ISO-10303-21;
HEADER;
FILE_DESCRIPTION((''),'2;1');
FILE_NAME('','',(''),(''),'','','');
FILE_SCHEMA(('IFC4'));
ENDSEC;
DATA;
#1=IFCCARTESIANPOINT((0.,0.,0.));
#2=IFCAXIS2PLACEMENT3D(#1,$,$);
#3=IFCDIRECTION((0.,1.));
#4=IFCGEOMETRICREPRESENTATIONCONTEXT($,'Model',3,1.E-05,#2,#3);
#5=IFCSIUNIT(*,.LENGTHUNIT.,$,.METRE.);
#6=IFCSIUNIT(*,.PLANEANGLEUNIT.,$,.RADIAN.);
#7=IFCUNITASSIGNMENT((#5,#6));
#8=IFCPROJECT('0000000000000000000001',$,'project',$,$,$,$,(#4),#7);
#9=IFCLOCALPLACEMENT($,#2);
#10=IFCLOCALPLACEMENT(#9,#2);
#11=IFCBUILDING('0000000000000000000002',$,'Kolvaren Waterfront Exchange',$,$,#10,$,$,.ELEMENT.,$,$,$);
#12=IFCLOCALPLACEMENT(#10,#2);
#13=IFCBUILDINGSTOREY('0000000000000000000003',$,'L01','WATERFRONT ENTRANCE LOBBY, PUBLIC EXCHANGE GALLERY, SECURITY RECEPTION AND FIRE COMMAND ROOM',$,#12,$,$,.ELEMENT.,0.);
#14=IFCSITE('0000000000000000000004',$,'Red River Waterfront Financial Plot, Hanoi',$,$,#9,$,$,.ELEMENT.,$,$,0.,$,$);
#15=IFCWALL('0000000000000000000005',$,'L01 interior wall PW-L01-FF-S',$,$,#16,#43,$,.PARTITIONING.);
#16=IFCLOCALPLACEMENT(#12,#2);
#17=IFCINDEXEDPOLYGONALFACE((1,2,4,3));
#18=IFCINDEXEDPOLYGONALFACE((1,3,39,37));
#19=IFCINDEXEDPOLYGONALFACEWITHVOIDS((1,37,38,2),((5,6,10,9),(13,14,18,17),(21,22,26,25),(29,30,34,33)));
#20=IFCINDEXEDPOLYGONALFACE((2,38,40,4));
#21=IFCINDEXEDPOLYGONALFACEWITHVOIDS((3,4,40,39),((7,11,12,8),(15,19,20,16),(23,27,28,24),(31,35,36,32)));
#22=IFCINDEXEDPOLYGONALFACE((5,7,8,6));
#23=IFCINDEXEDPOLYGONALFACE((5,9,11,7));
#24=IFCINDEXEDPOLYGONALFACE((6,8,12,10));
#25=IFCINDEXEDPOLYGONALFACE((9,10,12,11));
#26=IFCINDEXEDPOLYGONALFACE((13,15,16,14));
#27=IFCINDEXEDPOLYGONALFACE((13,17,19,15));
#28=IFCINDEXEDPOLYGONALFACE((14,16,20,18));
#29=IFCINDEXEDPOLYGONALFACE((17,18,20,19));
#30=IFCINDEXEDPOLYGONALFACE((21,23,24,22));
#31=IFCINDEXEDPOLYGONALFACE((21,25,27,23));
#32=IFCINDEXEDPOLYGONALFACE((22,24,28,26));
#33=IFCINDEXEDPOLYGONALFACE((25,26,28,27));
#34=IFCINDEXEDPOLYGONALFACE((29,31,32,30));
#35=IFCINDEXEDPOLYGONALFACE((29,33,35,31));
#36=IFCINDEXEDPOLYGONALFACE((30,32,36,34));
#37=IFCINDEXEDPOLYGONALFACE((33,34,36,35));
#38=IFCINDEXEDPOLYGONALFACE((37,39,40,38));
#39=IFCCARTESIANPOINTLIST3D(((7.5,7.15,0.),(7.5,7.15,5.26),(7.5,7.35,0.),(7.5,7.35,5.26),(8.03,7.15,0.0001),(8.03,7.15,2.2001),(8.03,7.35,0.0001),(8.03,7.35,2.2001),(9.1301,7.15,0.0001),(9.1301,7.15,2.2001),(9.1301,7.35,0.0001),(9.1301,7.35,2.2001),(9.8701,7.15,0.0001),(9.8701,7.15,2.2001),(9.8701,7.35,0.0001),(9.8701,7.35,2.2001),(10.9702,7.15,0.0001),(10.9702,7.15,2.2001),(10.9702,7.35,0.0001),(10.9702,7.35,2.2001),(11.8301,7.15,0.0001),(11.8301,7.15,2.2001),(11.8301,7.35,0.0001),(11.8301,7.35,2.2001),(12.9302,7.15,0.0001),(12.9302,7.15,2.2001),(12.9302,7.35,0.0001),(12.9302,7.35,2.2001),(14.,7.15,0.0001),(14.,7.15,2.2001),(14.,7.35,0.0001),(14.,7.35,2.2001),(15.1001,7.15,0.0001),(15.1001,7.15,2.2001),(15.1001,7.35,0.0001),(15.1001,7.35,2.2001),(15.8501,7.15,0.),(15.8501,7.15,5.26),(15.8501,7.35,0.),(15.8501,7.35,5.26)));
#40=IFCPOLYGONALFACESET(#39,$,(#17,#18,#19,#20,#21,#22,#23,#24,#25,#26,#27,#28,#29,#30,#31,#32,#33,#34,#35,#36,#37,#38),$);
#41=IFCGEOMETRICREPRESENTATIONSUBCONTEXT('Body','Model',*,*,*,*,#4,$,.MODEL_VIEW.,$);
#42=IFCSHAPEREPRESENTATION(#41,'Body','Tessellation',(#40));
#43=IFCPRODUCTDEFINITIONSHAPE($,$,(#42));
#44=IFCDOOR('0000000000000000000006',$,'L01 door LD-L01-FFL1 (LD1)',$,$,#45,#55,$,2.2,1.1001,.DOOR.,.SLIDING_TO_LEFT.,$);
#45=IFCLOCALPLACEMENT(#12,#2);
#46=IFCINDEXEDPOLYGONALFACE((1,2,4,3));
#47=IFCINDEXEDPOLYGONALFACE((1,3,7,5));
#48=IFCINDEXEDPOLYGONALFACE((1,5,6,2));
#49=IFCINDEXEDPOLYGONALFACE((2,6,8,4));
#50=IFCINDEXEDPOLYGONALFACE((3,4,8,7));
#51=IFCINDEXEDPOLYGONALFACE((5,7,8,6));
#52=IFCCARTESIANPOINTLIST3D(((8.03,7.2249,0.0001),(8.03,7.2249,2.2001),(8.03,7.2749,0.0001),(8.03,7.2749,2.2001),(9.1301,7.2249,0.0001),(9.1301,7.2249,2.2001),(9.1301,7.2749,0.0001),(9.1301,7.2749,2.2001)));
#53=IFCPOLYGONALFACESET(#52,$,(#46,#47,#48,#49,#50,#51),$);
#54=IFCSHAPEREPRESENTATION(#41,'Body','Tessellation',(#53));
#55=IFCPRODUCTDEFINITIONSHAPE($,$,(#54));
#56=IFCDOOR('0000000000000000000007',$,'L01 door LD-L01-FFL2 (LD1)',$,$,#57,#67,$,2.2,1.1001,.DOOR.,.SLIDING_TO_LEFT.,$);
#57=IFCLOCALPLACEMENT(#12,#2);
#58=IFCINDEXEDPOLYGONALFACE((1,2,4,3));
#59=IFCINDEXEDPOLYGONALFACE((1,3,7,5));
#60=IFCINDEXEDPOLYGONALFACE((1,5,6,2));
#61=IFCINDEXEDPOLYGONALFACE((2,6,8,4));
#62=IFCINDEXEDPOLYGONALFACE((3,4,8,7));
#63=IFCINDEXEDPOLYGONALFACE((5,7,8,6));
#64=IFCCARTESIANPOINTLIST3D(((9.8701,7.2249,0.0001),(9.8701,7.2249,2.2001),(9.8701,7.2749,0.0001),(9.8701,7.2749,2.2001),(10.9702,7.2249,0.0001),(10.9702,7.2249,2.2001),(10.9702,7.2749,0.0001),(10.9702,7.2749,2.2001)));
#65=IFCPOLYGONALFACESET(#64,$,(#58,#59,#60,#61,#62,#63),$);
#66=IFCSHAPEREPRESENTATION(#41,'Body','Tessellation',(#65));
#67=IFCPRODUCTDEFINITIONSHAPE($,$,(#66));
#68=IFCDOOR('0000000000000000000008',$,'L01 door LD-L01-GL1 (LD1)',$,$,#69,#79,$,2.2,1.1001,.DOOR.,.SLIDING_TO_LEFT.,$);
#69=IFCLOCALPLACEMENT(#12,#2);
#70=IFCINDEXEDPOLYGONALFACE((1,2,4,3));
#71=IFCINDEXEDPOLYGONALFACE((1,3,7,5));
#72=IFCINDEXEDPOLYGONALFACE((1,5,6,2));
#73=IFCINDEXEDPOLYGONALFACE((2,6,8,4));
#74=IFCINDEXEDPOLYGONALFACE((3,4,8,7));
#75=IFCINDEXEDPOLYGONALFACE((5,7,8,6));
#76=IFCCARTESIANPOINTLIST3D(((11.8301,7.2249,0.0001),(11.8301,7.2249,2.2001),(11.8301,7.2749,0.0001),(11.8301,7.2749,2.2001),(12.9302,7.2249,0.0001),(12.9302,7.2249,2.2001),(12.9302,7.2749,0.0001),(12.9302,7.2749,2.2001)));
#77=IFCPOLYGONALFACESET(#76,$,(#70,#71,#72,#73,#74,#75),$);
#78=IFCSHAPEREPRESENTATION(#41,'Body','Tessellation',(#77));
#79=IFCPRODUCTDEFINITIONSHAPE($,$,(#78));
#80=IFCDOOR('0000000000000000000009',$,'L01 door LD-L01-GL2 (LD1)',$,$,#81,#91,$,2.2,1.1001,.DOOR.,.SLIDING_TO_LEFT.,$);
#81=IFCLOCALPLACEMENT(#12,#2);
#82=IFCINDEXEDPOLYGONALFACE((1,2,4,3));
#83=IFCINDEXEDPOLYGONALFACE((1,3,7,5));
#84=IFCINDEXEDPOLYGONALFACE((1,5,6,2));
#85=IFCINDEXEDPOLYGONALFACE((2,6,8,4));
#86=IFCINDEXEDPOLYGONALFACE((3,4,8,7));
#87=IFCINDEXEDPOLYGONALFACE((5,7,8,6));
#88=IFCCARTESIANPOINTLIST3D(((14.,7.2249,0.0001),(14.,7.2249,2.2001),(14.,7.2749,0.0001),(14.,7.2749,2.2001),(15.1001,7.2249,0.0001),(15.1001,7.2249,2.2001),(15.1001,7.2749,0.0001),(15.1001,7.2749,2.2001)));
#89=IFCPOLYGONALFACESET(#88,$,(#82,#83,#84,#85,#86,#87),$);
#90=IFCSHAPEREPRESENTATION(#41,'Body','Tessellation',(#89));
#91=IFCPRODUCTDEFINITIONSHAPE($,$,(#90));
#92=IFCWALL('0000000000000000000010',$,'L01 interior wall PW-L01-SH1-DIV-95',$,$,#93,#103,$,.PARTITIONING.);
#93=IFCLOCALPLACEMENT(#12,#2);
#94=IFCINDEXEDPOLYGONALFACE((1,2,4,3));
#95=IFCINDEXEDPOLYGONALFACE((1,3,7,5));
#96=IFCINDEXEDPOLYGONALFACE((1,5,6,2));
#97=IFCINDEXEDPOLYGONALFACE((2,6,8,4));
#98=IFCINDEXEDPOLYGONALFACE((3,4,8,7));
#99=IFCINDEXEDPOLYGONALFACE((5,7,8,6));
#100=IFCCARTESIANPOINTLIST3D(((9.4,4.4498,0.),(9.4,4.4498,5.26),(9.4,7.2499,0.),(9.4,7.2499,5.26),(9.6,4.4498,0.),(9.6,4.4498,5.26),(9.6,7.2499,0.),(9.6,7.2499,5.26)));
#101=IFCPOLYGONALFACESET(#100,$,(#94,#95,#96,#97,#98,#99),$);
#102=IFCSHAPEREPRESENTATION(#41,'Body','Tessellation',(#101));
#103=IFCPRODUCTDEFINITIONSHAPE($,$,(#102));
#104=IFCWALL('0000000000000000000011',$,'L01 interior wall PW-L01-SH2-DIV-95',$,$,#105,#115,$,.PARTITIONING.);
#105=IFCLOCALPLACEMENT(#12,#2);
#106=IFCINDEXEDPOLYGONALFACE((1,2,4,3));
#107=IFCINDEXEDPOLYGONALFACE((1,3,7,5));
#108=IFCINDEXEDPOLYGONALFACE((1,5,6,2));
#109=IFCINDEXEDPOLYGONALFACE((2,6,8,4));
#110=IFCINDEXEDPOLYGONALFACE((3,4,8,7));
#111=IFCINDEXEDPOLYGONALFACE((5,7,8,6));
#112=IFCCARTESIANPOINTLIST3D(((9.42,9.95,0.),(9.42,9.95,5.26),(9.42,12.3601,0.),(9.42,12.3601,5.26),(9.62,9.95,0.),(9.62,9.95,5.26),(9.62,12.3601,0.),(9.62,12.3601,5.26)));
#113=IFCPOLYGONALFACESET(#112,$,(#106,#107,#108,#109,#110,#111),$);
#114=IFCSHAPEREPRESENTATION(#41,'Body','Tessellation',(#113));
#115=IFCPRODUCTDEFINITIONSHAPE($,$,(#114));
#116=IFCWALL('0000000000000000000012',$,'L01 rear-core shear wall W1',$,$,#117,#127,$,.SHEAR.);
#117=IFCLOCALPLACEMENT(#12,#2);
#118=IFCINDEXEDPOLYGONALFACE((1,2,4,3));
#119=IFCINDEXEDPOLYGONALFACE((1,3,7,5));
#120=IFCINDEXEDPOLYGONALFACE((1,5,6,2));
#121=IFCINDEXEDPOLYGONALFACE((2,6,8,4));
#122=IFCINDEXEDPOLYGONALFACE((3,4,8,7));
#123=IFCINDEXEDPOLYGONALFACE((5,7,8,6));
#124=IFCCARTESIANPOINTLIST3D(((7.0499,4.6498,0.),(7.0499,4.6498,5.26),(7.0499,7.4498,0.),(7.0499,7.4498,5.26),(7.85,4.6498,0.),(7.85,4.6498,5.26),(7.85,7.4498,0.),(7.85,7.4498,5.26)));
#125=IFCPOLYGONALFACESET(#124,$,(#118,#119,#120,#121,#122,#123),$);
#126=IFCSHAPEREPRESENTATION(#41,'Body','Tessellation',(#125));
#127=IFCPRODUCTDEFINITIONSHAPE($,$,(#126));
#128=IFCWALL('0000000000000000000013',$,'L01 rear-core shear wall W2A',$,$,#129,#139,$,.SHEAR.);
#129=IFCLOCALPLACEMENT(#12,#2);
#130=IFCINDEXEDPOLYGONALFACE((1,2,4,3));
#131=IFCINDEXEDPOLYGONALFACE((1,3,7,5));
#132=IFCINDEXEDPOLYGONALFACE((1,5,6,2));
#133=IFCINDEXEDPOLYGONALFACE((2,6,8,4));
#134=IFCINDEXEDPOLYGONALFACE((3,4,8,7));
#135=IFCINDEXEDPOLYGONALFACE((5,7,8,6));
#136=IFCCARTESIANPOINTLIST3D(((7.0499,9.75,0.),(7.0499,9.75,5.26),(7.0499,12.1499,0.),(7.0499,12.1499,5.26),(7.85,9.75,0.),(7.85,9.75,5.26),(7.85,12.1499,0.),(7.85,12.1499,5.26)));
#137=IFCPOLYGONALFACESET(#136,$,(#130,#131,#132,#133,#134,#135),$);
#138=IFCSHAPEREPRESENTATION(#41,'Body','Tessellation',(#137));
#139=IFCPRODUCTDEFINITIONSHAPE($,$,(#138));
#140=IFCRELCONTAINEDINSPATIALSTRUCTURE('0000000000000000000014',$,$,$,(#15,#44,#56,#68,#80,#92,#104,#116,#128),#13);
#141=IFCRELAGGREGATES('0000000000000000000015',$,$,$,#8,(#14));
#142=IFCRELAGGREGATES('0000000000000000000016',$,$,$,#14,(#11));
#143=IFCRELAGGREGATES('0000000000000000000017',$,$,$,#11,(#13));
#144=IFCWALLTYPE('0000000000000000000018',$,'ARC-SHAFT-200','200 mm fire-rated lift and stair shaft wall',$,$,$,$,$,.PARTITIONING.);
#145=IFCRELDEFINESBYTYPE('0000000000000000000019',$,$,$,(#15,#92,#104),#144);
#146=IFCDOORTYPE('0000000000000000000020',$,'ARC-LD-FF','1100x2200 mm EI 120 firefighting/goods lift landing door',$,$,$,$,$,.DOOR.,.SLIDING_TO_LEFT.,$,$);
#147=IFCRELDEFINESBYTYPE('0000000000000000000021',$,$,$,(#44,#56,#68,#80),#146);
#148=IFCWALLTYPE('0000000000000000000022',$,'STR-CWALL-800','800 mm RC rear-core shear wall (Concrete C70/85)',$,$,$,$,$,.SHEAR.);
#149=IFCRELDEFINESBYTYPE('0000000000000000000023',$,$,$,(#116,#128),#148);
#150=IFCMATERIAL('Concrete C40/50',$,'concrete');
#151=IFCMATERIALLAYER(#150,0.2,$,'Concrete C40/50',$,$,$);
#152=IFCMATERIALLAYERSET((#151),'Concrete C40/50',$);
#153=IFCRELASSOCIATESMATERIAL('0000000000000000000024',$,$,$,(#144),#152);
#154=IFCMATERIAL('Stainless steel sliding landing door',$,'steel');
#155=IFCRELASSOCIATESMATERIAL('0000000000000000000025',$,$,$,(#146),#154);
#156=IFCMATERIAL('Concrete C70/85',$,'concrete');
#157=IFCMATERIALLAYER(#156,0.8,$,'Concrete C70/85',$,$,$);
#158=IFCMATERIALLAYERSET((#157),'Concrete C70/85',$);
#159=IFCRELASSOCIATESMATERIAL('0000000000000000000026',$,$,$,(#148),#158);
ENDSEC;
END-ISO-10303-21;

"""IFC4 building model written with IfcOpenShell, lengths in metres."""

from ifc_helpers import new_model, si_unit, direction, frame, frame_2d, origin, place, context, subcontext, project, spatial, rectangle, extrude, material, layer, layer_set, type_object, element, fill, save


model = new_model("IFC4")

# Units and contexts
model_context = context("Model", 3, precision=1e-05, world=origin(), true_north=direction((0.0, 1.0)))
body_context = subcontext(model_context, "Body", "Model", "MODEL_VIEW")
ifc_project = project(units=[si_unit("LENGTHUNIT", "METRE"), si_unit("PLANEANGLEUNIT", "RADIAN")], contexts=[model_context])

# Site, building, storey
site_placement = place(None, origin())
site = spatial("IfcSite", under=ifc_project, at=site_placement, Name="Red River Waterfront Financial Plot, Hanoi", CompositionType="ELEMENT", RefElevation=0.0)
building_placement = place(site_placement, origin())
building = spatial("IfcBuilding", under=site, at=building_placement, Name="Kolvaren Waterfront Exchange", CompositionType="ELEMENT")
storey_placement = place(building_placement, origin())
storey = spatial("IfcBuildingStorey", under=building, at=storey_placement, Name="L01", Description="WATERFRONT ENTRANCE LOBBY, PUBLIC EXCHANGE GALLERY, SECURITY RECEPTION AND FIRE COMMAND ROOM", CompositionType="ELEMENT", Elevation=0.0)

# Shared definitions
ifc_material_1 = material(Name="Concrete C70/85", Category="concrete")

# Wall, openings, doors
ifc_material_2 = material(Name="Concrete C40/50", Category="concrete")
ifc_layer_1 = layer(ifc_material_2, 0.2, Name="Concrete C40/50")
ifc_layer_set_1 = layer_set([ifc_layer_1], Name="Concrete C40/50")
wall_type_1 = type_object("IfcWallType", Name="ARC-SHAFT-200", Description="200 mm fire-rated lift and stair shaft wall", PredefinedType="PARTITIONING", material=ifc_layer_set_1)
wall_1_placement = place(storey_placement, frame((7.5, 7.25, 0.0), z_axis=(0.0, 0.0, 1.0), x_axis=(1.0, 0.0, 0.0)))
wall_1 = element("IfcWall", 1, at=wall_1_placement, inside=storey, type_object=wall_type_1, Name="L01 interior wall PW-L01-FF-S", PredefinedType="PARTITIONING", context=body_context, shape_type="SweptSolid", body=[
    extrude(rectangle(XDim=8.3501, YDim=0.2, at=frame_2d((4.175, 0.0))), origin(), (0.0, 0.0, 1.0), 5.26),
])
opening_1_placement = place(wall_1_placement, frame((0.53, 0.0, 0.0)))
opening_1 = element("IfcOpeningElement", 2, at=opening_1_placement, cuts=wall_1, PredefinedType="OPENING", context=body_context, shape_type="SweptSolid", body=[
    extrude(rectangle(XDim=1.1001, YDim=2.2, at=frame_2d((0.55, 1.1001))), frame((0.0, 0.1099, 0.0), z_axis=(0.0, -1.0, 0.0), x_axis=(1.0, 0.0, 0.0)), (0.0, 0.0, 1.0), 0.22),
])
opening_2_placement = place(wall_1_placement, frame((2.3701, 0.0, 0.0)))
opening_2 = element("IfcOpeningElement", 3, at=opening_2_placement, cuts=wall_1, PredefinedType="OPENING", context=body_context, shape_type="SweptSolid", body=[
    extrude(rectangle(XDim=1.1001, YDim=2.2, at=frame_2d((0.55, 1.1001))), frame((0.0, 0.1099, 0.0), z_axis=(0.0, -1.0, 0.0), x_axis=(1.0, 0.0, 0.0)), (0.0, 0.0, 1.0), 0.22),
])
opening_3_placement = place(wall_1_placement, frame((4.3301, 0.0, 0.0)))
opening_3 = element("IfcOpeningElement", 4, at=opening_3_placement, cuts=wall_1, PredefinedType="OPENING", context=body_context, shape_type="SweptSolid", body=[
    extrude(rectangle(XDim=1.1001, YDim=2.2, at=frame_2d((0.55, 1.1001))), frame((0.0, 0.1099, 0.0), z_axis=(0.0, -1.0, 0.0), x_axis=(1.0, 0.0, 0.0)), (0.0, 0.0, 1.0), 0.22),
])
opening_4_placement = place(wall_1_placement, frame((6.5, 0.0, 0.0)))
opening_4 = element("IfcOpeningElement", 5, at=opening_4_placement, cuts=wall_1, PredefinedType="OPENING", context=body_context, shape_type="SweptSolid", body=[
    extrude(rectangle(XDim=1.1001, YDim=2.2, at=frame_2d((0.55, 1.1001))), frame((0.0, 0.1099, 0.0), z_axis=(0.0, -1.0, 0.0), x_axis=(1.0, 0.0, 0.0)), (0.0, 0.0, 1.0), 0.22),
])
ifc_material_3 = material(Name="Stainless steel sliding landing door", Category="steel")
door_type_1 = type_object("IfcDoorType", Name="ARC-LD-FF", Description="1100x2200 mm EI 120 firefighting/goods lift landing door", OperationType="SLIDING_TO_LEFT", PredefinedType="DOOR", material=ifc_material_3)
door_1_placement = place(opening_1_placement, origin())
door_1 = element("IfcDoor", 6, at=door_1_placement, inside=storey, type_object=door_type_1, Name="L01 door LD-L01-FFL1 (LD1)", OperationType="SLIDING_TO_LEFT", OverallHeight=2.2, OverallWidth=1.1001, PredefinedType="DOOR", context=body_context, shape_type="SweptSolid", body=[
    extrude(rectangle(XDim=1.1001, YDim=2.2, at=frame_2d((0.55, 1.1001))), frame((0.0, 0.0249, 0.0), z_axis=(0.0, -1.0, 0.0), x_axis=(1.0, 0.0, 0.0)), (0.0, 0.0, 1.0), 0.05),
])
fill(opening_1, door_1)
door_2_placement = place(opening_2_placement, origin())
door_2 = element("IfcDoor", 7, at=door_2_placement, inside=storey, type_object=door_type_1, Name="L01 door LD-L01-FFL2 (LD1)", OperationType="SLIDING_TO_LEFT", OverallHeight=2.2, OverallWidth=1.1001, PredefinedType="DOOR", context=body_context, shape_type="SweptSolid", body=[
    extrude(rectangle(XDim=1.1001, YDim=2.2, at=frame_2d((0.55, 1.1001))), frame((0.0, 0.0249, 0.0), z_axis=(0.0, -1.0, 0.0), x_axis=(1.0, 0.0, 0.0)), (0.0, 0.0, 1.0), 0.05),
])
fill(opening_2, door_2)
door_3_placement = place(opening_3_placement, origin())
door_3 = element("IfcDoor", 8, at=door_3_placement, inside=storey, type_object=door_type_1, Name="L01 door LD-L01-GL1 (LD1)", OperationType="SLIDING_TO_LEFT", OverallHeight=2.2, OverallWidth=1.1001, PredefinedType="DOOR", context=body_context, shape_type="SweptSolid", body=[
    extrude(rectangle(XDim=1.1001, YDim=2.2, at=frame_2d((0.55, 1.1001))), frame((0.0, 0.0249, 0.0), z_axis=(0.0, -1.0, 0.0), x_axis=(1.0, 0.0, 0.0)), (0.0, 0.0, 1.0), 0.05),
])
fill(opening_3, door_3)
door_4_placement = place(opening_4_placement, origin())
door_4 = element("IfcDoor", 9, at=door_4_placement, inside=storey, type_object=door_type_1, Name="L01 door LD-L01-GL2 (LD1)", OperationType="SLIDING_TO_LEFT", OverallHeight=2.2, OverallWidth=1.1001, PredefinedType="DOOR", context=body_context, shape_type="SweptSolid", body=[
    extrude(rectangle(XDim=1.1001, YDim=2.2, at=frame_2d((0.55, 1.1001))), frame((0.0, 0.0249, 0.0), z_axis=(0.0, -1.0, 0.0), x_axis=(1.0, 0.0, 0.0)), (0.0, 0.0, 1.0), 0.05),
])
fill(opening_4, door_4)

# Walls
wall_2_placement = place(storey_placement, frame((9.5, 4.45, 0.0), z_axis=(0.0, 0.0, 1.0), x_axis=(0.0, 1.0, 0.0)))
element("IfcWall", 10, at=wall_2_placement, inside=storey, type_object=wall_type_1, Name="L01 interior wall PW-L01-SH1-DIV-95", PredefinedType="PARTITIONING", context=body_context, shape_type="SweptSolid", body=[
    extrude(rectangle(XDim=2.8, YDim=0.2, at=frame_2d((1.3999, 0.0))), origin(), (0.0, 0.0, 1.0), 5.26),
])
wall_3_placement = place(storey_placement, frame((9.52, 9.95, 0.0), z_axis=(0.0, 0.0, 1.0), x_axis=(0.0, 1.0, 0.0)))
element("IfcWall", 11, at=wall_3_placement, inside=storey, type_object=wall_type_1, Name="L01 interior wall PW-L01-SH2-DIV-95", PredefinedType="PARTITIONING", context=body_context, shape_type="SweptSolid", body=[
    extrude(rectangle(XDim=2.4102, YDim=0.2, at=frame_2d((1.2051, 0.0))), origin(), (0.0, 0.0, 1.0), 5.26),
])
ifc_layer_2 = layer(ifc_material_1, 0.8, Name="Concrete C70/85")
ifc_layer_set_2 = layer_set([ifc_layer_2], Name="Concrete C70/85")
wall_type_2 = type_object("IfcWallType", Name="STR-CWALL-800", Description="800 mm RC rear-core shear wall (Concrete C70/85)", PredefinedType="SHEAR", material=ifc_layer_set_2)
wall_4_placement = place(storey_placement, frame((7.45, 4.6499, 0.0), z_axis=(0.0, 0.0, 1.0), x_axis=(0.0, 1.0, 0.0)))
element("IfcWall", 12, at=wall_4_placement, inside=storey, type_object=wall_type_2, Name="L01 rear-core shear wall W1", PredefinedType="SHEAR", context=body_context, shape_type="SweptSolid", body=[
    extrude(rectangle(XDim=2.8, YDim=0.8, at=frame_2d((1.3999, 0.0))), origin(), (0.0, 0.0, 1.0), 5.26),
])
wall_5_placement = place(storey_placement, frame((7.45, 9.75, 0.0), z_axis=(0.0, 0.0, 1.0), x_axis=(0.0, 1.0, 0.0)))
element("IfcWall", 13, at=wall_5_placement, inside=storey, type_object=wall_type_2, Name="L01 rear-core shear wall W2A", PredefinedType="SHEAR", context=body_context, shape_type="SweptSolid", body=[
    extrude(rectangle(XDim=2.3999, YDim=0.8, at=frame_2d((1.2, 0.0))), origin(), (0.0, 0.0, 1.0), 5.26),
])

save(model, "model.ifc")
